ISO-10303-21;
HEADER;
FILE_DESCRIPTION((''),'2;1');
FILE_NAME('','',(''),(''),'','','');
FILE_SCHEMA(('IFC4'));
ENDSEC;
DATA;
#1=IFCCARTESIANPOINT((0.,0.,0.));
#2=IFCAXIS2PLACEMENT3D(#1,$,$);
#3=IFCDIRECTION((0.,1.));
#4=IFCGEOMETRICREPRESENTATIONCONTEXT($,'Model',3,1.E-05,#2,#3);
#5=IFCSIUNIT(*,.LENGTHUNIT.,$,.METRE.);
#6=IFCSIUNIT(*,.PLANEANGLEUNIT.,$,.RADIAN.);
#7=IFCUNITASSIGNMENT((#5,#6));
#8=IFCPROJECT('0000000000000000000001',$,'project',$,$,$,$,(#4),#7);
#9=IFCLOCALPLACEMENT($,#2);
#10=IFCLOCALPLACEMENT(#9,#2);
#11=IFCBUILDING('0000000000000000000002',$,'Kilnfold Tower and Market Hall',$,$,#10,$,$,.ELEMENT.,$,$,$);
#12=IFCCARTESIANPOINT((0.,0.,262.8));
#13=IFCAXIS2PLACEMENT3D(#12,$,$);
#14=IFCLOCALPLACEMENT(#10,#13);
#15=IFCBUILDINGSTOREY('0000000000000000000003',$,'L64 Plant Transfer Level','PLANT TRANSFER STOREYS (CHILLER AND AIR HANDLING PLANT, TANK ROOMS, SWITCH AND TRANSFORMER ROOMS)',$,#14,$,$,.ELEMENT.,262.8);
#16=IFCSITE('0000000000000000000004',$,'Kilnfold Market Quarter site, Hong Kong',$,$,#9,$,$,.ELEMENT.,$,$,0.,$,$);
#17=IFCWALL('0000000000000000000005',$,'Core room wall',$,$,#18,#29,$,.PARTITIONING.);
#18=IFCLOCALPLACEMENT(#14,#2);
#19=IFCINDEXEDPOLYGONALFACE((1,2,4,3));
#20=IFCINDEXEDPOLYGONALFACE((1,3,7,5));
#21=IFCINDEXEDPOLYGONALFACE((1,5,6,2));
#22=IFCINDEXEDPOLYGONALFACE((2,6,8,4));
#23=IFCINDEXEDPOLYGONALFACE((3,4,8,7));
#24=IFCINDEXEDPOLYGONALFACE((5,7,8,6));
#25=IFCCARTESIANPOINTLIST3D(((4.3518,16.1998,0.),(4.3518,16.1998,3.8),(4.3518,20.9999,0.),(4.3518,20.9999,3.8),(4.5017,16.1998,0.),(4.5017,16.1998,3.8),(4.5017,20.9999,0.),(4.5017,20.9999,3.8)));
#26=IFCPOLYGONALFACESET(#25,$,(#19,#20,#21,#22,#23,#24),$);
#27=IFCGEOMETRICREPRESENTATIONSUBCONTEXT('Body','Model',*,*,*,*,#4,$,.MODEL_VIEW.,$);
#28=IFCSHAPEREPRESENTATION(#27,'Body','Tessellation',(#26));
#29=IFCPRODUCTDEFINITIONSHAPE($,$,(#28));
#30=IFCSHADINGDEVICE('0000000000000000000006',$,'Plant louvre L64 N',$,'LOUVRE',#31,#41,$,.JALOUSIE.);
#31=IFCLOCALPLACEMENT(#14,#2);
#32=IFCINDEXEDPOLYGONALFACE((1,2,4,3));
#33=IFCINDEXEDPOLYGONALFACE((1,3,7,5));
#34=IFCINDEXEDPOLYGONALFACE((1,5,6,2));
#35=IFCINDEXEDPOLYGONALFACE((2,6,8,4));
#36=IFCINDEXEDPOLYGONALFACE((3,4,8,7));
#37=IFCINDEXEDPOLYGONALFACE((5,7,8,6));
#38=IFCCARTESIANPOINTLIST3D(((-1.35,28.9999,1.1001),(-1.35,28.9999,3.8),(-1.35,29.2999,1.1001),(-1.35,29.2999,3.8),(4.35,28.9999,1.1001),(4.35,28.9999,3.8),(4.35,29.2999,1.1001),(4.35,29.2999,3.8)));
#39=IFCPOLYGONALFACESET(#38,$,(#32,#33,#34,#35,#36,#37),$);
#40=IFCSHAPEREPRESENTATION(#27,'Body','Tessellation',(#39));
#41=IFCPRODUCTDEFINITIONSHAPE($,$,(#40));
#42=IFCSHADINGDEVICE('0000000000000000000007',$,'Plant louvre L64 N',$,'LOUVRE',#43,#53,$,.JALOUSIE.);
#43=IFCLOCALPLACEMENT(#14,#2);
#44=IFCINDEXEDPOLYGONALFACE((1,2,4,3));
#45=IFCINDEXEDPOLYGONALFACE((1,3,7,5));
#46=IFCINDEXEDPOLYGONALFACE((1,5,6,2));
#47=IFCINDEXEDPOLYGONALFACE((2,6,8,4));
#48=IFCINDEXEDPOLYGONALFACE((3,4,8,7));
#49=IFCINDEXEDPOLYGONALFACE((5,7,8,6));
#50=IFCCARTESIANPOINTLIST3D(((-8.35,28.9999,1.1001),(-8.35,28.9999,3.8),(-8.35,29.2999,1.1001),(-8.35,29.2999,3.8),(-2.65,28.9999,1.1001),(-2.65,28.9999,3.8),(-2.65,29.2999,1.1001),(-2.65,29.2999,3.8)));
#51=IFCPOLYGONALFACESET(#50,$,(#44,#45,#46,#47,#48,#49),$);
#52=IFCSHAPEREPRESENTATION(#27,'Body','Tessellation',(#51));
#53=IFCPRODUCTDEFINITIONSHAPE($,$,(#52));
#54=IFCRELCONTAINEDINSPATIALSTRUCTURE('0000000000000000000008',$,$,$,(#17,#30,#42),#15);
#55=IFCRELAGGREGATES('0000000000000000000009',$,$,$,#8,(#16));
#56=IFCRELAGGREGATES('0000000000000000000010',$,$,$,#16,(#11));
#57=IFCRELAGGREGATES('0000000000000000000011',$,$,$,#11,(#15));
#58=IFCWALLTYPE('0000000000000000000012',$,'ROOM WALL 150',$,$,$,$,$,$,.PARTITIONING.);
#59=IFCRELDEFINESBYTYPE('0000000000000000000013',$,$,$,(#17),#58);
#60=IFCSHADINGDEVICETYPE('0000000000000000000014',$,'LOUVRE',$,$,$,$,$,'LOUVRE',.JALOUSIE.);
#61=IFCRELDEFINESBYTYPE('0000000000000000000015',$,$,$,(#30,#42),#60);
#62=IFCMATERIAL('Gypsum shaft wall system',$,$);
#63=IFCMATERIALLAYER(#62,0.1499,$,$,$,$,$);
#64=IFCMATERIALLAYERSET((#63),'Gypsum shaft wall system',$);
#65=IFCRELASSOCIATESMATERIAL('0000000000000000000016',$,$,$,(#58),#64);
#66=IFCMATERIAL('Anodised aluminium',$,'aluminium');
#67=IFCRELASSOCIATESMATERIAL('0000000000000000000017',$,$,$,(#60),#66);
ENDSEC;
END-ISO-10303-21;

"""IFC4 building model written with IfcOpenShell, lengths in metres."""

from ifc_helpers import new_model, si_unit, direction, frame, frame_2d, origin, origin_2d, place, context, subcontext, project, spatial, rectangle, extrude, source, transform, mapped, material, layer, layer_set, type_object, element, save


model = new_model("IFC4")

# Units and contexts
model_context = context("Model", 3, precision=1e-05, world=origin(), true_north=direction((0.0, 1.0)))
body_context = subcontext(model_context, "Body", "Model", "MODEL_VIEW")
ifc_project = project(units=[si_unit("LENGTHUNIT", "METRE"), si_unit("PLANEANGLEUNIT", "RADIAN")], contexts=[model_context])

# Site, building, storey
site_placement = place(None, origin())
site = spatial("IfcSite", under=ifc_project, at=site_placement, Name="Kilnfold Market Quarter site, Hong Kong", CompositionType="ELEMENT", RefElevation=0.0)
building_placement = place(site_placement, origin())
building = spatial("IfcBuilding", under=site, at=building_placement, Name="Kilnfold Tower and Market Hall", CompositionType="ELEMENT")
storey_placement = place(building_placement, frame((0.0, 0.0, 262.8)))
storey = spatial("IfcBuildingStorey", under=building, at=storey_placement, Name="L64 Plant Transfer Level", Description="PLANT TRANSFER STOREYS (CHILLER AND AIR HANDLING PLANT, TANK ROOMS, SWITCH AND TRANSFORMER ROOMS)", CompositionType="ELEMENT", Elevation=262.8)

# Wall
ifc_material_1 = material(Name="Gypsum shaft wall system")
ifc_layer_1 = layer(ifc_material_1, 0.1499)
ifc_layer_set_1 = layer_set([ifc_layer_1], Name="Gypsum shaft wall system")
wall_type_1 = type_object("IfcWallType", Name="ROOM WALL 150", PredefinedType="PARTITIONING", material=ifc_layer_set_1)
shared_shape_1 = source(origin(), body_context, "Body", "SweptSolid", [
    extrude(rectangle(XDim=4.8, YDim=0.1499, at=frame_2d((2.3999, 0.0))), origin(), (0.0, 0.0, 1.0), 3.8),
])
for number, where, z_axis, x_axis, name in (
    (1, (4.4268, 16.2, 0.0), (0.0, 0.0, 1.0), (0.0, 1.0, 0.0), "Core room wall"),
):
    element("IfcWall", number, at=place(storey_placement, frame(where, z_axis=z_axis, x_axis=x_axis)), inside=storey, type_object=wall_type_1, Name=name, PredefinedType="PARTITIONING", context=body_context, shape_type="MappedRepresentation", body=[
        mapped(shared_shape_1, transform((0.0, 0.0, 0.0))),
    ])

# Shading devices
ifc_material_2 = material(Name="Anodised aluminium", Category="aluminium")
shading_device_type = type_object("IfcShadingDeviceType", Name="LOUVRE", ElementType="LOUVRE", PredefinedType="JALOUSIE", material=ifc_material_2)
shared_shape_2 = source(origin(), body_context, "Body", "SweptSolid", [
    extrude(rectangle(XDim=5.7, YDim=0.3, at=origin_2d()), origin(), (0.0, 0.0, 1.0), 2.7),
])
for number, where, z_axis, x_axis, name in (
    (2, (1.5, 29.1499, 1.1001), (0.0, 0.0, 1.0), (-1.0, 0.0, 0.0), "Plant louvre L64 N"),
    (3, (-5.5, 29.1499, 1.1001), (0.0, 0.0, 1.0), (-1.0, 0.0, 0.0), "Plant louvre L64 N"),
):
    element("IfcShadingDevice", number, at=place(storey_placement, frame(where, z_axis=z_axis, x_axis=x_axis)), inside=storey, type_object=shading_device_type, Name=name, ObjectType="LOUVRE", PredefinedType="JALOUSIE", context=body_context, shape_type="MappedRepresentation", body=[
        mapped(shared_shape_2, transform((0.0, 0.0, 0.0))),
    ])

save(model, "model.ifc")
